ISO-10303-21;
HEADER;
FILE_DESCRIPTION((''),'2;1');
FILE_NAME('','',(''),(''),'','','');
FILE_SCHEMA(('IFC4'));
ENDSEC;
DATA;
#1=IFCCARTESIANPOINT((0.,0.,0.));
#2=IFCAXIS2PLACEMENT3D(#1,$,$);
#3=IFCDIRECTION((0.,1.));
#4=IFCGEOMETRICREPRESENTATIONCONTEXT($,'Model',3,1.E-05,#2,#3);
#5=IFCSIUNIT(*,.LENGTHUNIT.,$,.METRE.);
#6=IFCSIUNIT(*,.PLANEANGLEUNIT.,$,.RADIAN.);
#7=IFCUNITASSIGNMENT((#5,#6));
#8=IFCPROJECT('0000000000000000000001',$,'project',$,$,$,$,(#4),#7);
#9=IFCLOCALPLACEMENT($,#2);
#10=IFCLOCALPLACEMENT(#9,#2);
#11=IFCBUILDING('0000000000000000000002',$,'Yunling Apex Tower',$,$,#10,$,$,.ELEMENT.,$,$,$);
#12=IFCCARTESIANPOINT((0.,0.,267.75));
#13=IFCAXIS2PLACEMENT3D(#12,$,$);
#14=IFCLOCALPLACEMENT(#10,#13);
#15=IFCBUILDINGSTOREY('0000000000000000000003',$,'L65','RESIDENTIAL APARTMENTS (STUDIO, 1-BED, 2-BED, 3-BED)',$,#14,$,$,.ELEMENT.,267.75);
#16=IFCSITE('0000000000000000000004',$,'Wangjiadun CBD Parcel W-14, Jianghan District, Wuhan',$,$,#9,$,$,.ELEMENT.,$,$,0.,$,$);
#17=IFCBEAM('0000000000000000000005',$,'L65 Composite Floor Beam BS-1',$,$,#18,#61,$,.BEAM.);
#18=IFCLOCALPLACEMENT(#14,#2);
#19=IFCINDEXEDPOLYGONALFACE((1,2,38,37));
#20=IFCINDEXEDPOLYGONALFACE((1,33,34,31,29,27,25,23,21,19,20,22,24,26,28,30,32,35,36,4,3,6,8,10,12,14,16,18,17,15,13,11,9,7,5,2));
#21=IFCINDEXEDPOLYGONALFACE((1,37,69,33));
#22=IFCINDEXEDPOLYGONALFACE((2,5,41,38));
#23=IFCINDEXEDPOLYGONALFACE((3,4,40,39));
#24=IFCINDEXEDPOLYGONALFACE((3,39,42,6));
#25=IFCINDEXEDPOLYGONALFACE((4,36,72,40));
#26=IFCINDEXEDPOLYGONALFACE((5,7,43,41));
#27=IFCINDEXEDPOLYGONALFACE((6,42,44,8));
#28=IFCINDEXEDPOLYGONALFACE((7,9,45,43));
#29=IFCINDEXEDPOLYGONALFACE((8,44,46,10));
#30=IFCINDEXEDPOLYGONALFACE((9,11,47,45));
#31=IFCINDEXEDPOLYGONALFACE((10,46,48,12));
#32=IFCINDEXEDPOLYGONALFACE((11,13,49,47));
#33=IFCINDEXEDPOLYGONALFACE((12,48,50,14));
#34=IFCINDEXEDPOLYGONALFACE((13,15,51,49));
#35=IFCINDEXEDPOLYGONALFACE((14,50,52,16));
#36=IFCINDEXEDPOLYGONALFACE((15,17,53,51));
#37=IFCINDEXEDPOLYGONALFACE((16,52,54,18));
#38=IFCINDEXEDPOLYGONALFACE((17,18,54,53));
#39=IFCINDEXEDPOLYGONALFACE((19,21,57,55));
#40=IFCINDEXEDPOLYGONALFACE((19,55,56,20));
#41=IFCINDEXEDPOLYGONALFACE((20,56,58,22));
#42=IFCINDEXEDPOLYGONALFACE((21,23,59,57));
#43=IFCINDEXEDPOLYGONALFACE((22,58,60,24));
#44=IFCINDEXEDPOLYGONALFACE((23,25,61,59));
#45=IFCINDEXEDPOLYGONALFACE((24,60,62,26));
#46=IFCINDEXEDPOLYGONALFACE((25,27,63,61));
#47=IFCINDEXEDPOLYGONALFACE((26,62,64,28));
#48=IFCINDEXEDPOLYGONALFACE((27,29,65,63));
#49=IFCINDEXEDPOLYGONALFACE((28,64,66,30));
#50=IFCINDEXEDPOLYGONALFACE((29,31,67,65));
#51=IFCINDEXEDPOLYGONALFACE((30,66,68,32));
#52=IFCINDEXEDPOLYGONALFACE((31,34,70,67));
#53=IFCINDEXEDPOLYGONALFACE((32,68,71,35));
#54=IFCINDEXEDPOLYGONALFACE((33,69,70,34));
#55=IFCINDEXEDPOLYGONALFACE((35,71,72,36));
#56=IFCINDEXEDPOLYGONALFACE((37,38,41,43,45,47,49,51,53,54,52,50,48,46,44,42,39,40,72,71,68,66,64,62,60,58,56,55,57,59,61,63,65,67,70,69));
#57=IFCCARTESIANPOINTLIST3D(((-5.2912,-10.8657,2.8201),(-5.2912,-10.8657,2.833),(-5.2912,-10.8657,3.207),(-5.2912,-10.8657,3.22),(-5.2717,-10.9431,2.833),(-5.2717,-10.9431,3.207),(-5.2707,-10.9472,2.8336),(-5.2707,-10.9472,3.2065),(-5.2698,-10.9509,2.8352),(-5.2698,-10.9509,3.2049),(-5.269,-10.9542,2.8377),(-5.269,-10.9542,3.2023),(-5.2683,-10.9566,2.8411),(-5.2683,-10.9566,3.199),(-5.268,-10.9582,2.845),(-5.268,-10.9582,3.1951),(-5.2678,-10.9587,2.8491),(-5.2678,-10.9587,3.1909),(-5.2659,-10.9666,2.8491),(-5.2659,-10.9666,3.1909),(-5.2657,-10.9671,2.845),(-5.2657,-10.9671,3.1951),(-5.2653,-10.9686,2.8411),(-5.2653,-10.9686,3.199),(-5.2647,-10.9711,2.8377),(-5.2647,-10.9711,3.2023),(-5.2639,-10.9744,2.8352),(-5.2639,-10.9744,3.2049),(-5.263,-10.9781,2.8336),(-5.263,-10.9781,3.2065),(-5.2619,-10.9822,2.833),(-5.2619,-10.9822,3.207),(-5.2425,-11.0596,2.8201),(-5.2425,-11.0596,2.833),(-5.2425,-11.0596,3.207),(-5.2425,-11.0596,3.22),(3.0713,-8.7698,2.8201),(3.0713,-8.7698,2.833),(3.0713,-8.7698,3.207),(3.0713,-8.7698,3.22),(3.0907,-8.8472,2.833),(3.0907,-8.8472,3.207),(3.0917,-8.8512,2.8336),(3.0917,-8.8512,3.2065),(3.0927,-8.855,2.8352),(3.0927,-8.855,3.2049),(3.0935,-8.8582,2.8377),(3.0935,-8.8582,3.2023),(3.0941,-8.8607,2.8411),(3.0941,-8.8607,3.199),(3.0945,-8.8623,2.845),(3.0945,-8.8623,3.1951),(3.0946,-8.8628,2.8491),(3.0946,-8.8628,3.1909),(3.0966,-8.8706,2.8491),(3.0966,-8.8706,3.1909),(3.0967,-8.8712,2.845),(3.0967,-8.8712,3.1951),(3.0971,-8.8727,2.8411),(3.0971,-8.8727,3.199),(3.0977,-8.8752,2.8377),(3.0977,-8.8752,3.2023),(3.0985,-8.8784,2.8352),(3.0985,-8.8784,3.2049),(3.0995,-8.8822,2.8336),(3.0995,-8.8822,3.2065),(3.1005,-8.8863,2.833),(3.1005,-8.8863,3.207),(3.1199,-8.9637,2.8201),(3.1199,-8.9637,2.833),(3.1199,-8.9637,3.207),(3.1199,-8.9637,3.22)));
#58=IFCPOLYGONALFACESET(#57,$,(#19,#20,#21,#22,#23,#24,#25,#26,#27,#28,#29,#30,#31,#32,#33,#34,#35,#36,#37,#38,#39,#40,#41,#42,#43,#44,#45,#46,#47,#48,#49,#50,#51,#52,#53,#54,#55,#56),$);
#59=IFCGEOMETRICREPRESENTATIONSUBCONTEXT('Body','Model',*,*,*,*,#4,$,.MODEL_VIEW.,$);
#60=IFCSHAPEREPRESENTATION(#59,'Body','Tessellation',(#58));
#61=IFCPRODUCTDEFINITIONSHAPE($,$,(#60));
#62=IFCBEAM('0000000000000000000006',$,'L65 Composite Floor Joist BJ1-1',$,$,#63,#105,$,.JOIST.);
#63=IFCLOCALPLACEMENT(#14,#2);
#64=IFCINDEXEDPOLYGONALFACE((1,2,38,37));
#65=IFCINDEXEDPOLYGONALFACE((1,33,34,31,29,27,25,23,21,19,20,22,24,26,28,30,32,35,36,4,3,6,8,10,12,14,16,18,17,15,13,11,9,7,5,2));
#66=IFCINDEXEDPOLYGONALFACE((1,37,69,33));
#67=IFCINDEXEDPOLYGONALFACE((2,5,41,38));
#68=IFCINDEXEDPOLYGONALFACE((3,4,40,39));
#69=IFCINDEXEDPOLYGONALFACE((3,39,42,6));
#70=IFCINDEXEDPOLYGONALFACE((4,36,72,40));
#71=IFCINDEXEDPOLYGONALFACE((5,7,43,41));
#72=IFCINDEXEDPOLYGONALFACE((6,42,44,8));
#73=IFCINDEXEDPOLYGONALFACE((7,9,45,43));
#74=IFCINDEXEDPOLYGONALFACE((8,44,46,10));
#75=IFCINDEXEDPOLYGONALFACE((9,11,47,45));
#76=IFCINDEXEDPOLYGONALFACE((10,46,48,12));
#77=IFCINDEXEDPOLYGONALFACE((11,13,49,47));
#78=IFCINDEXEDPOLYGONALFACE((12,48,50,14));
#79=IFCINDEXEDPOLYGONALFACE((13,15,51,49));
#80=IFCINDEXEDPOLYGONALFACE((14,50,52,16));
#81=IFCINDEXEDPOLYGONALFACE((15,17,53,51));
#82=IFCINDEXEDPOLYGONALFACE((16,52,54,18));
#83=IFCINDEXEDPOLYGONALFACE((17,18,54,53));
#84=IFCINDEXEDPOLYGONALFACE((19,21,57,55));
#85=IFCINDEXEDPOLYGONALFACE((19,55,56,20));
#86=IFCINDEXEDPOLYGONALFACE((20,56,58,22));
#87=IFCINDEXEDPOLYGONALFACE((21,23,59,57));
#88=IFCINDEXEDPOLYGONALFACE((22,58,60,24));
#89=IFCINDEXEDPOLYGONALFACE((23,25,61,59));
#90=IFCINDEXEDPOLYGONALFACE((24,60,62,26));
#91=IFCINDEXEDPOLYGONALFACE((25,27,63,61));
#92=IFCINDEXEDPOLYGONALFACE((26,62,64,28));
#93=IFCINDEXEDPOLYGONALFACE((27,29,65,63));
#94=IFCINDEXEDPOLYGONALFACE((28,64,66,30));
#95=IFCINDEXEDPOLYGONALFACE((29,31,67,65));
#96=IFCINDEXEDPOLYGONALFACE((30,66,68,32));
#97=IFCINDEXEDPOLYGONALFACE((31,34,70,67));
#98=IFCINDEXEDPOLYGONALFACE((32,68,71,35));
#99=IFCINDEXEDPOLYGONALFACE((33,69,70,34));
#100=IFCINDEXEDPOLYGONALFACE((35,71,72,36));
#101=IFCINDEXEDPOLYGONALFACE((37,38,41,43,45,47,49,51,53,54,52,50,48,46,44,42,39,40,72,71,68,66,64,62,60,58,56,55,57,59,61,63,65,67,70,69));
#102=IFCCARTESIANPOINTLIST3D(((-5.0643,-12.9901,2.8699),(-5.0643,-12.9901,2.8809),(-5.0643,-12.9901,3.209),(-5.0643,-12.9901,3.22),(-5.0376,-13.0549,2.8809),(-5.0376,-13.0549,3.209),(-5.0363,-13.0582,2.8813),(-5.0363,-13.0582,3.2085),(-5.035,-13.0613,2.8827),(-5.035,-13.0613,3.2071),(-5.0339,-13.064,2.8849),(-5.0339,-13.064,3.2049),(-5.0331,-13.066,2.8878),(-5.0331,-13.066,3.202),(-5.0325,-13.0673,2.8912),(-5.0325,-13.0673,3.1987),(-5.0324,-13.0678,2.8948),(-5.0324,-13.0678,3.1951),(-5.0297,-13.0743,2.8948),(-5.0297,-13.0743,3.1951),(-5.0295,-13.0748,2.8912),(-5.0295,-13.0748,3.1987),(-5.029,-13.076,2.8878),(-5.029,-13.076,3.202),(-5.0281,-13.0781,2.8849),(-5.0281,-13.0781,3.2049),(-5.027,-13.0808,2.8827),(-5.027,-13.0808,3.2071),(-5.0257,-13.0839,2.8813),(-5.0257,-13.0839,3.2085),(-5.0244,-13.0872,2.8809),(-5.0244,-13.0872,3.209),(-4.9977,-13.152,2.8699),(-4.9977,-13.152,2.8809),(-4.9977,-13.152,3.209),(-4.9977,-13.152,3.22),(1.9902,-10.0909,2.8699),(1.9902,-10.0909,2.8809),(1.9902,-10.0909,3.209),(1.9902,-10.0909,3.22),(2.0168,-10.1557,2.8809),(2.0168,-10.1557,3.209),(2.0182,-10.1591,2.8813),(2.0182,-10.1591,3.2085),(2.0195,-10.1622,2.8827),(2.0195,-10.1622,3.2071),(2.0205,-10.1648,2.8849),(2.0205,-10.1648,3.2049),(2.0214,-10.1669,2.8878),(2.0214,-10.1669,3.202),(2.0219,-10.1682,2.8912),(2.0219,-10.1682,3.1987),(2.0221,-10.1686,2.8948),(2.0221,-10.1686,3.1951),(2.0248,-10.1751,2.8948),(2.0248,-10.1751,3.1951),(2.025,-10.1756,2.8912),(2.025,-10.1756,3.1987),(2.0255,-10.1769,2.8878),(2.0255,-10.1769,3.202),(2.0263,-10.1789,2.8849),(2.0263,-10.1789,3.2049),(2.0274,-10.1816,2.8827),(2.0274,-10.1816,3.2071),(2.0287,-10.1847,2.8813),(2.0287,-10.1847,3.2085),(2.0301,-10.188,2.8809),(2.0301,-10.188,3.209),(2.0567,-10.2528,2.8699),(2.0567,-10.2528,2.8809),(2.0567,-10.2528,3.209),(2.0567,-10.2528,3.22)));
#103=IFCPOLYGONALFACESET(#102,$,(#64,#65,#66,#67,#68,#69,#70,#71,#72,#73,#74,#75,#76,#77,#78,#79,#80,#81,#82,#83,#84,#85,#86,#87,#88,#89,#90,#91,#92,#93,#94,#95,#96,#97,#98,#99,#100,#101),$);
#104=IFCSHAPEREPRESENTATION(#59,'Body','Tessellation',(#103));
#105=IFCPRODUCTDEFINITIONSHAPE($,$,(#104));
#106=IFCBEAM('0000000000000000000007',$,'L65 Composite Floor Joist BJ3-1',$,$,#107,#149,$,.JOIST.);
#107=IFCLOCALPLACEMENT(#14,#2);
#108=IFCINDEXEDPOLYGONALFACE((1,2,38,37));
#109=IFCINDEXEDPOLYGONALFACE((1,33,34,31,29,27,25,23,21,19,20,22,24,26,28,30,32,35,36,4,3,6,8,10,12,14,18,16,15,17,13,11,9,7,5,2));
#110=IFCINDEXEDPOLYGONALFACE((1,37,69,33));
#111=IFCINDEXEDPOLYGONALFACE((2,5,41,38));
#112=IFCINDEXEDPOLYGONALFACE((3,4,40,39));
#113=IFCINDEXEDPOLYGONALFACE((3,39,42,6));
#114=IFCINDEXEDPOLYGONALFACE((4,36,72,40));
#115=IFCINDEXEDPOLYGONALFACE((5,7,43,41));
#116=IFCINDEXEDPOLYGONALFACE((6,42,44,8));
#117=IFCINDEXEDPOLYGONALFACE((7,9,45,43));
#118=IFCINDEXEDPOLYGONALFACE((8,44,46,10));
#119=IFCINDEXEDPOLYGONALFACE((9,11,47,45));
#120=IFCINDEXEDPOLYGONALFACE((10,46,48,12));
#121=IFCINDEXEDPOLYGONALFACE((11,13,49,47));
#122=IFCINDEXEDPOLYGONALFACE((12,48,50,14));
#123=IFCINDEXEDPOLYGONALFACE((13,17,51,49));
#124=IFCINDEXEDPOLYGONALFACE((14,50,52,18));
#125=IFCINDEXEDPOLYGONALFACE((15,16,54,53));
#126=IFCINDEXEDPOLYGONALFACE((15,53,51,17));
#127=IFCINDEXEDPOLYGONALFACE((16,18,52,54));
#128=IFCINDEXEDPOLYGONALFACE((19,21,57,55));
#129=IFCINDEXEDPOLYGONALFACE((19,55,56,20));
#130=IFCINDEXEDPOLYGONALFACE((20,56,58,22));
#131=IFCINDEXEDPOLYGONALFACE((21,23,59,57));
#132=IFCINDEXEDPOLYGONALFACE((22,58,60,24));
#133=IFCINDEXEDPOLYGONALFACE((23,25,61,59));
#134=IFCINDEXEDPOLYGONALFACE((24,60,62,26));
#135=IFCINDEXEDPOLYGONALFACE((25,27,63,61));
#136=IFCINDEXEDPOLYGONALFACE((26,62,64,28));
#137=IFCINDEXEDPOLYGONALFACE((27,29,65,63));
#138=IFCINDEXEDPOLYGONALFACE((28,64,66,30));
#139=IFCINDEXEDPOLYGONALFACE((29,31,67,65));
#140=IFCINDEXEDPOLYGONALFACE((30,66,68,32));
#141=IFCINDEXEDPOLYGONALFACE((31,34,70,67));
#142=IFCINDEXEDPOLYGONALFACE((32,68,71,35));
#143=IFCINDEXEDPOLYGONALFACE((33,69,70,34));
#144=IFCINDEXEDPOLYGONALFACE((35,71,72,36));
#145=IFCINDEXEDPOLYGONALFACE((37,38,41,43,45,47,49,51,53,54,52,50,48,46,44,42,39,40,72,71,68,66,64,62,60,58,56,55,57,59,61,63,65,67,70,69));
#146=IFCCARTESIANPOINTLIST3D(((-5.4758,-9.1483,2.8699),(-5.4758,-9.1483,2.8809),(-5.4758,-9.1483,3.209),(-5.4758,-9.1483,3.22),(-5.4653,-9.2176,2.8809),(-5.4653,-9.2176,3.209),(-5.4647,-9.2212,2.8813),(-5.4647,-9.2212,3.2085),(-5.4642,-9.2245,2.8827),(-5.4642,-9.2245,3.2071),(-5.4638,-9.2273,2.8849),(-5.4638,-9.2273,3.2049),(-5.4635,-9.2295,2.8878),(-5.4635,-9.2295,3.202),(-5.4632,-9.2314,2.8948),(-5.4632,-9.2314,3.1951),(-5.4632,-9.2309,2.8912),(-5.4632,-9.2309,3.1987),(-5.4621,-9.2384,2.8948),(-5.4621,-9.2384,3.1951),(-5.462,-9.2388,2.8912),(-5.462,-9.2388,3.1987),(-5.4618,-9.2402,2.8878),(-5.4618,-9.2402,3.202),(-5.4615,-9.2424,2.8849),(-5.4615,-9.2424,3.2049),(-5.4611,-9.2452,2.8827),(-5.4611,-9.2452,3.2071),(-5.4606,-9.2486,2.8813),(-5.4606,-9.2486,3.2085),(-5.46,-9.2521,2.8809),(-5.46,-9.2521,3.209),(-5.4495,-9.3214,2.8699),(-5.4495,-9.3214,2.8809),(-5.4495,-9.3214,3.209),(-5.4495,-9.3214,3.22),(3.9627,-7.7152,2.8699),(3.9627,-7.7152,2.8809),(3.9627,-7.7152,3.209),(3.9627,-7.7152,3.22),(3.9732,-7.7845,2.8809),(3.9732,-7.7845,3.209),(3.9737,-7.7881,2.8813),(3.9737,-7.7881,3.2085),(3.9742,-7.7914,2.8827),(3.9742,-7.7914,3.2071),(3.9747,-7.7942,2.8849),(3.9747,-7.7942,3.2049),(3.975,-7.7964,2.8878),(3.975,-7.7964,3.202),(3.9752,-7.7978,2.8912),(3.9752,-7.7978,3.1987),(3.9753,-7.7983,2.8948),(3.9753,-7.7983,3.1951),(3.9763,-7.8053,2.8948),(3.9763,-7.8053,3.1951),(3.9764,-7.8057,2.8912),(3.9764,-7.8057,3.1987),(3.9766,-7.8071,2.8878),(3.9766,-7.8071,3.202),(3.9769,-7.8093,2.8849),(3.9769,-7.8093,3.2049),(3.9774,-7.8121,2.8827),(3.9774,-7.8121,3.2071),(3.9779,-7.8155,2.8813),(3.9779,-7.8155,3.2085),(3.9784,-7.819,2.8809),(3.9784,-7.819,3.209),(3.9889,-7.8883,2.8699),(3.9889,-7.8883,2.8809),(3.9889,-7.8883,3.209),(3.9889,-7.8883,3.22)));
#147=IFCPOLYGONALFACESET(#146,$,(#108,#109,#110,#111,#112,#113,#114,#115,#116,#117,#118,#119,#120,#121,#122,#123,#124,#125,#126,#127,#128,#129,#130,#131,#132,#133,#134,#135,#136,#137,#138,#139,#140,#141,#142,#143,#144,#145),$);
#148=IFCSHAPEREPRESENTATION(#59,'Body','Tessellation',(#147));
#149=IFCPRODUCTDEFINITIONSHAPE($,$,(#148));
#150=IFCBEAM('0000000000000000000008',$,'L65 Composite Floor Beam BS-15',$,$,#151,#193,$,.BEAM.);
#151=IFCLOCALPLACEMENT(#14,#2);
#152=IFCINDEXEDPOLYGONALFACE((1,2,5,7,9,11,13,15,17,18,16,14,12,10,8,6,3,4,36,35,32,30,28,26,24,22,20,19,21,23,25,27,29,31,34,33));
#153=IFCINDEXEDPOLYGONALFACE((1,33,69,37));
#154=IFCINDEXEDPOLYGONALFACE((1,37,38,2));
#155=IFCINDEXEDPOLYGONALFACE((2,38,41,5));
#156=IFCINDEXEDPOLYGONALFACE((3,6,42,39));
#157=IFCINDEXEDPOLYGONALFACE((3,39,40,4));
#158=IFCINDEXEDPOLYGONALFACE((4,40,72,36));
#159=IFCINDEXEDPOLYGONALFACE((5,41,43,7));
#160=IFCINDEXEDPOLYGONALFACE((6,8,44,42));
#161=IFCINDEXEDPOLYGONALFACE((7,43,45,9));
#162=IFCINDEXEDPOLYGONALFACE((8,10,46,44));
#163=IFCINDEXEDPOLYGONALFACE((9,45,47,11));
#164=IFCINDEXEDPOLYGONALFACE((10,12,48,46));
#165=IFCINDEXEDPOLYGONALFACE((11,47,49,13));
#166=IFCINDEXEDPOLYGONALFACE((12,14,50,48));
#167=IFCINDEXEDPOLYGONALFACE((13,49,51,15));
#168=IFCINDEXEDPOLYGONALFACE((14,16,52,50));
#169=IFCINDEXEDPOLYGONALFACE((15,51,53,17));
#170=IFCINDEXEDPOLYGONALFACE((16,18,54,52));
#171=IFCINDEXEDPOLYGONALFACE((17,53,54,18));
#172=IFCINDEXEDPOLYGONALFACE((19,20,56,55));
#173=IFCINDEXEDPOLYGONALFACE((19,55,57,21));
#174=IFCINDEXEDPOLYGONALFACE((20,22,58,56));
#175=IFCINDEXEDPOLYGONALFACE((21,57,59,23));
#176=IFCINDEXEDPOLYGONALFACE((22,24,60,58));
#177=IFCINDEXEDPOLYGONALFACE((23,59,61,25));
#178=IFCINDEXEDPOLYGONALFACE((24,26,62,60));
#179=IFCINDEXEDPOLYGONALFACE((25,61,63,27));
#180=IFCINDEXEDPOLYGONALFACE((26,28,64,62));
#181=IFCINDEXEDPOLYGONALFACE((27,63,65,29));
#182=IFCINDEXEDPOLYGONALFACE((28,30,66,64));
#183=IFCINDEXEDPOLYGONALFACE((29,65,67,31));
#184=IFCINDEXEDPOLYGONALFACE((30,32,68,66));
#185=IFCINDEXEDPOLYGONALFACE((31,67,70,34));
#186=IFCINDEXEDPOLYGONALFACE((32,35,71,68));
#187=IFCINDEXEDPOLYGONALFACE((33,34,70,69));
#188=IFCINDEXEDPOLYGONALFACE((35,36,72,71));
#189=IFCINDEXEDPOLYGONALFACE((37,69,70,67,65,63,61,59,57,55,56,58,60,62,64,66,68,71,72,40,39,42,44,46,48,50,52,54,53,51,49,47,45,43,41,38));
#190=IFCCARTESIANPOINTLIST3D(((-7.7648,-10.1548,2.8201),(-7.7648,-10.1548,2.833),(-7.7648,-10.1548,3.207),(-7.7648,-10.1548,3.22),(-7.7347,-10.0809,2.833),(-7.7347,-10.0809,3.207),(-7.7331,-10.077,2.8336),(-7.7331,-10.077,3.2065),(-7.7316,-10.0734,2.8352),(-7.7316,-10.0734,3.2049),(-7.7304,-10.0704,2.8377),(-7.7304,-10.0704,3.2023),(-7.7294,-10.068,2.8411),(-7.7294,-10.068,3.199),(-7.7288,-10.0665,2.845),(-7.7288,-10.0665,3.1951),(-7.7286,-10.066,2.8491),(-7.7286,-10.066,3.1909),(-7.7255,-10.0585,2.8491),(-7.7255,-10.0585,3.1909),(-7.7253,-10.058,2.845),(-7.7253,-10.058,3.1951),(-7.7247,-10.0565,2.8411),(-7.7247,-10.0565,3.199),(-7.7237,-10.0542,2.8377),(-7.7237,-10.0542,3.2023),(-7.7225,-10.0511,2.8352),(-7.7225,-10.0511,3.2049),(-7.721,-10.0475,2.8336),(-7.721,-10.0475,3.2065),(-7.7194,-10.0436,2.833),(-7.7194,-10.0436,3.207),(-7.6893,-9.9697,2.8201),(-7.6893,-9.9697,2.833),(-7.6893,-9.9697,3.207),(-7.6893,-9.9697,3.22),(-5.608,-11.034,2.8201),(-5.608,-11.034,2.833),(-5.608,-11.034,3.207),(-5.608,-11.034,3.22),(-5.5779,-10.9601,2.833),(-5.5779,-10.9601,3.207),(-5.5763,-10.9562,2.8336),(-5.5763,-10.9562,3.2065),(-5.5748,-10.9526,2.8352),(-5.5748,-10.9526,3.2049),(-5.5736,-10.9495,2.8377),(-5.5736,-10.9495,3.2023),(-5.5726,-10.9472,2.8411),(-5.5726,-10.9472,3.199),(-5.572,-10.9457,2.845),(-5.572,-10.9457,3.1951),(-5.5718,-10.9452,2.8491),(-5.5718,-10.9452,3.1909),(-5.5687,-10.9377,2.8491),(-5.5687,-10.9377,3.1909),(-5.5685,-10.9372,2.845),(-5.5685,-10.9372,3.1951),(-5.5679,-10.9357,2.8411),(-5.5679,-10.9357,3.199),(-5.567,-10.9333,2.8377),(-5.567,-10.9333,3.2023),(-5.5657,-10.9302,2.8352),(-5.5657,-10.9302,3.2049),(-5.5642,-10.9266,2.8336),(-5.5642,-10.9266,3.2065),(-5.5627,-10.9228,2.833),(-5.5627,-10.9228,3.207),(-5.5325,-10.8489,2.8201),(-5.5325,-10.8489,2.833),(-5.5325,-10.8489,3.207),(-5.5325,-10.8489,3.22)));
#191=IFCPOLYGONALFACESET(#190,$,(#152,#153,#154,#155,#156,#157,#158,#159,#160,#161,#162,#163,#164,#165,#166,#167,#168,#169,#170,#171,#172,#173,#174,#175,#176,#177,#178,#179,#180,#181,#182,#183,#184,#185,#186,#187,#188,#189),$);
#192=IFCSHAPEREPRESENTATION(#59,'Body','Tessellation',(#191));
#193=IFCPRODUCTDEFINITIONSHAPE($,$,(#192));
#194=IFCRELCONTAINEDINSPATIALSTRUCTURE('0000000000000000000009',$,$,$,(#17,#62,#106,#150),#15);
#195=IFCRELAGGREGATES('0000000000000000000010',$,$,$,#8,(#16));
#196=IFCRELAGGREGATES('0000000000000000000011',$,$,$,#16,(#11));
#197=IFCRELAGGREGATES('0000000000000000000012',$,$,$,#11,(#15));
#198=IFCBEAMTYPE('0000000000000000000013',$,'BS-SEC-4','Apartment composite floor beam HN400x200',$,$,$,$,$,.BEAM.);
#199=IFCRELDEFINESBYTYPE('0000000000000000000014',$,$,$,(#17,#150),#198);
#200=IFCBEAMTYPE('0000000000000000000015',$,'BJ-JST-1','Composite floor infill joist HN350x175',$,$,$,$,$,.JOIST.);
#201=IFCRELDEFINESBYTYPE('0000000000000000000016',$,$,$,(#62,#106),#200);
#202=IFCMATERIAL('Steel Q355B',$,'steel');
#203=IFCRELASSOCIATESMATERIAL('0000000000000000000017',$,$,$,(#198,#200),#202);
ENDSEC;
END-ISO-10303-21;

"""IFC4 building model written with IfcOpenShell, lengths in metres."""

from ifc_helpers import new_model, si_unit, direction, frame, origin, origin_2d, place, context, subcontext, project, spatial, i_section, extrude, source, transform, mapped, material, material_profile, profile_set, type_object, element, save


model = new_model("IFC4")

# Units and contexts
model_context = context("Model", 3, precision=1e-05, world=origin(), true_north=direction((0.0, 1.0)))
body_context = subcontext(model_context, "Body", "Model", "MODEL_VIEW")
ifc_project = project(units=[si_unit("LENGTHUNIT", "METRE"), si_unit("PLANEANGLEUNIT", "RADIAN")], contexts=[model_context])

# Site, building, storey
site_placement = place(None, origin())
site = spatial("IfcSite", under=ifc_project, at=site_placement, Name="Wangjiadun CBD Parcel W-14, Jianghan District, Wuhan", CompositionType="ELEMENT", RefElevation=0.0)
building_placement = place(site_placement, origin())
building = spatial("IfcBuilding", under=site, at=building_placement, Name="Yunling Apex Tower", CompositionType="ELEMENT")
storey_placement = place(building_placement, frame((0.0, 0.0, 267.75)))
storey = spatial("IfcBuildingStorey", under=building, at=storey_placement, Name="L65", Description="RESIDENTIAL APARTMENTS (STUDIO, 1-BED, 2-BED, 3-BED)", CompositionType="ELEMENT", Elevation=267.75)

# Shared definitions
ifc_material_1 = material(Name="Steel Q355B", Category="steel")

# Beams
ifc_material_profile_1 = material_profile(ifc_material_1, i_section(OverallWidth=0.2, OverallDepth=0.3999, WebThickness=0.0081, FlangeThickness=0.0129, FilletRadius=0.0161, at=origin_2d()))
ifc_profile_set_1 = profile_set([ifc_material_profile_1], Name="Steel Q355B")
beam_type_1 = type_object("IfcBeamType", Name="BS-SEC-4", Description="Apartment composite floor beam HN400x200", PredefinedType="BEAM", material=ifc_profile_set_1)
shared_shape_1 = source(origin(), body_context, "Body", "SweptSolid", [
    extrude(i_section(OverallWidth=0.2, OverallDepth=0.3999, WebThickness=0.0081, FlangeThickness=0.0129, FilletRadius=0.0161, at=origin_2d()), origin(), (0.0, 0.0, 1.0), 8.6211),
])
beam_1_placement = place(storey_placement, frame((-5.2668, -10.9626, 3.02), z_axis=(0.969997, 0.243115, 0.0), x_axis=(-0.243115, 0.969997, 0.0)))
element("IfcBeam", 1, at=beam_1_placement, inside=storey, type_object=beam_type_1, Name="L65 Composite Floor Beam BS-1", PredefinedType="BEAM", context=body_context, shape_type="MappedRepresentation", body=[
    mapped(shared_shape_1, transform((0.0, 0.0, 0.0), scale=1.0)),
])
ifc_material_profile_2 = material_profile(ifc_material_1, i_section(OverallWidth=0.175, OverallDepth=0.3501, WebThickness=0.0071, FlangeThickness=0.011, FilletRadius=0.0139, at=origin_2d()))
ifc_profile_set_2 = profile_set([ifc_material_profile_2], Name="Steel Q355B")
beam_type_2 = type_object("IfcBeamType", Name="BJ-JST-1", Description="Composite floor infill joist HN350x175", PredefinedType="JOIST", material=ifc_profile_set_2)
shared_shape_2 = source(origin(), body_context, "Body", "SweptSolid", [
    extrude(i_section(OverallWidth=0.175, OverallDepth=0.3501, WebThickness=0.0071, FlangeThickness=0.011, FilletRadius=0.0139, at=origin_2d()), origin(), (0.0, 0.0, 1.0), 7.627),
])
beam_2_placement = place(storey_placement, frame((-5.031, -13.071, 3.0449), z_axis=(0.924936, 0.380122, 0.0), x_axis=(-0.380122, 0.924936, 0.0)))
element("IfcBeam", 2, at=beam_2_placement, inside=storey, type_object=beam_type_2, Name="L65 Composite Floor Joist BJ1-1", PredefinedType="JOIST", context=body_context, shape_type="MappedRepresentation", body=[
    mapped(shared_shape_2, transform((0.0, 0.0, 0.0), scale=1.0)),
])
shared_shape_3 = source(origin(), body_context, "Body", "SweptSolid", [
    extrude(i_section(OverallWidth=0.175, OverallDepth=0.3501, WebThickness=0.0071, FlangeThickness=0.011, FilletRadius=0.0139, at=origin_2d()), origin(), (0.0, 0.0, 1.0), 9.5466),
])
beam_3_placement = place(storey_placement, frame((-5.4626, -9.2349, 3.0449), z_axis=(0.988668, 0.150116, 0.0), x_axis=(-0.150116, 0.988668, 0.0)))
element("IfcBeam", 3, at=beam_3_placement, inside=storey, type_object=beam_type_2, Name="L65 Composite Floor Joist BJ3-1", PredefinedType="JOIST", context=body_context, shape_type="MappedRepresentation", body=[
    mapped(shared_shape_3, transform((0.0, 0.0, 0.0), scale=1.0)),
])
shared_shape_4 = source(origin(), body_context, "Body", "SweptSolid", [
    extrude(i_section(OverallWidth=0.2, OverallDepth=0.3999, WebThickness=0.0081, FlangeThickness=0.0129, FilletRadius=0.0161, at=origin_2d()), origin(), (0.0, 0.0, 1.0), 2.3291),
])
beam_4_placement = place(storey_placement, frame((-7.7271, -10.0623, 3.02), z_axis=(0.92602, -0.377473, 0.0), x_axis=(0.377473, 0.92602, 0.0)))
element("IfcBeam", 4, at=beam_4_placement, inside=storey, type_object=beam_type_1, Name="L65 Composite Floor Beam BS-15", PredefinedType="BEAM", context=body_context, shape_type="MappedRepresentation", body=[
    mapped(shared_shape_4, transform((0.0, 0.0, 0.0), scale=1.0)),
])

save(model, "model.ifc")
